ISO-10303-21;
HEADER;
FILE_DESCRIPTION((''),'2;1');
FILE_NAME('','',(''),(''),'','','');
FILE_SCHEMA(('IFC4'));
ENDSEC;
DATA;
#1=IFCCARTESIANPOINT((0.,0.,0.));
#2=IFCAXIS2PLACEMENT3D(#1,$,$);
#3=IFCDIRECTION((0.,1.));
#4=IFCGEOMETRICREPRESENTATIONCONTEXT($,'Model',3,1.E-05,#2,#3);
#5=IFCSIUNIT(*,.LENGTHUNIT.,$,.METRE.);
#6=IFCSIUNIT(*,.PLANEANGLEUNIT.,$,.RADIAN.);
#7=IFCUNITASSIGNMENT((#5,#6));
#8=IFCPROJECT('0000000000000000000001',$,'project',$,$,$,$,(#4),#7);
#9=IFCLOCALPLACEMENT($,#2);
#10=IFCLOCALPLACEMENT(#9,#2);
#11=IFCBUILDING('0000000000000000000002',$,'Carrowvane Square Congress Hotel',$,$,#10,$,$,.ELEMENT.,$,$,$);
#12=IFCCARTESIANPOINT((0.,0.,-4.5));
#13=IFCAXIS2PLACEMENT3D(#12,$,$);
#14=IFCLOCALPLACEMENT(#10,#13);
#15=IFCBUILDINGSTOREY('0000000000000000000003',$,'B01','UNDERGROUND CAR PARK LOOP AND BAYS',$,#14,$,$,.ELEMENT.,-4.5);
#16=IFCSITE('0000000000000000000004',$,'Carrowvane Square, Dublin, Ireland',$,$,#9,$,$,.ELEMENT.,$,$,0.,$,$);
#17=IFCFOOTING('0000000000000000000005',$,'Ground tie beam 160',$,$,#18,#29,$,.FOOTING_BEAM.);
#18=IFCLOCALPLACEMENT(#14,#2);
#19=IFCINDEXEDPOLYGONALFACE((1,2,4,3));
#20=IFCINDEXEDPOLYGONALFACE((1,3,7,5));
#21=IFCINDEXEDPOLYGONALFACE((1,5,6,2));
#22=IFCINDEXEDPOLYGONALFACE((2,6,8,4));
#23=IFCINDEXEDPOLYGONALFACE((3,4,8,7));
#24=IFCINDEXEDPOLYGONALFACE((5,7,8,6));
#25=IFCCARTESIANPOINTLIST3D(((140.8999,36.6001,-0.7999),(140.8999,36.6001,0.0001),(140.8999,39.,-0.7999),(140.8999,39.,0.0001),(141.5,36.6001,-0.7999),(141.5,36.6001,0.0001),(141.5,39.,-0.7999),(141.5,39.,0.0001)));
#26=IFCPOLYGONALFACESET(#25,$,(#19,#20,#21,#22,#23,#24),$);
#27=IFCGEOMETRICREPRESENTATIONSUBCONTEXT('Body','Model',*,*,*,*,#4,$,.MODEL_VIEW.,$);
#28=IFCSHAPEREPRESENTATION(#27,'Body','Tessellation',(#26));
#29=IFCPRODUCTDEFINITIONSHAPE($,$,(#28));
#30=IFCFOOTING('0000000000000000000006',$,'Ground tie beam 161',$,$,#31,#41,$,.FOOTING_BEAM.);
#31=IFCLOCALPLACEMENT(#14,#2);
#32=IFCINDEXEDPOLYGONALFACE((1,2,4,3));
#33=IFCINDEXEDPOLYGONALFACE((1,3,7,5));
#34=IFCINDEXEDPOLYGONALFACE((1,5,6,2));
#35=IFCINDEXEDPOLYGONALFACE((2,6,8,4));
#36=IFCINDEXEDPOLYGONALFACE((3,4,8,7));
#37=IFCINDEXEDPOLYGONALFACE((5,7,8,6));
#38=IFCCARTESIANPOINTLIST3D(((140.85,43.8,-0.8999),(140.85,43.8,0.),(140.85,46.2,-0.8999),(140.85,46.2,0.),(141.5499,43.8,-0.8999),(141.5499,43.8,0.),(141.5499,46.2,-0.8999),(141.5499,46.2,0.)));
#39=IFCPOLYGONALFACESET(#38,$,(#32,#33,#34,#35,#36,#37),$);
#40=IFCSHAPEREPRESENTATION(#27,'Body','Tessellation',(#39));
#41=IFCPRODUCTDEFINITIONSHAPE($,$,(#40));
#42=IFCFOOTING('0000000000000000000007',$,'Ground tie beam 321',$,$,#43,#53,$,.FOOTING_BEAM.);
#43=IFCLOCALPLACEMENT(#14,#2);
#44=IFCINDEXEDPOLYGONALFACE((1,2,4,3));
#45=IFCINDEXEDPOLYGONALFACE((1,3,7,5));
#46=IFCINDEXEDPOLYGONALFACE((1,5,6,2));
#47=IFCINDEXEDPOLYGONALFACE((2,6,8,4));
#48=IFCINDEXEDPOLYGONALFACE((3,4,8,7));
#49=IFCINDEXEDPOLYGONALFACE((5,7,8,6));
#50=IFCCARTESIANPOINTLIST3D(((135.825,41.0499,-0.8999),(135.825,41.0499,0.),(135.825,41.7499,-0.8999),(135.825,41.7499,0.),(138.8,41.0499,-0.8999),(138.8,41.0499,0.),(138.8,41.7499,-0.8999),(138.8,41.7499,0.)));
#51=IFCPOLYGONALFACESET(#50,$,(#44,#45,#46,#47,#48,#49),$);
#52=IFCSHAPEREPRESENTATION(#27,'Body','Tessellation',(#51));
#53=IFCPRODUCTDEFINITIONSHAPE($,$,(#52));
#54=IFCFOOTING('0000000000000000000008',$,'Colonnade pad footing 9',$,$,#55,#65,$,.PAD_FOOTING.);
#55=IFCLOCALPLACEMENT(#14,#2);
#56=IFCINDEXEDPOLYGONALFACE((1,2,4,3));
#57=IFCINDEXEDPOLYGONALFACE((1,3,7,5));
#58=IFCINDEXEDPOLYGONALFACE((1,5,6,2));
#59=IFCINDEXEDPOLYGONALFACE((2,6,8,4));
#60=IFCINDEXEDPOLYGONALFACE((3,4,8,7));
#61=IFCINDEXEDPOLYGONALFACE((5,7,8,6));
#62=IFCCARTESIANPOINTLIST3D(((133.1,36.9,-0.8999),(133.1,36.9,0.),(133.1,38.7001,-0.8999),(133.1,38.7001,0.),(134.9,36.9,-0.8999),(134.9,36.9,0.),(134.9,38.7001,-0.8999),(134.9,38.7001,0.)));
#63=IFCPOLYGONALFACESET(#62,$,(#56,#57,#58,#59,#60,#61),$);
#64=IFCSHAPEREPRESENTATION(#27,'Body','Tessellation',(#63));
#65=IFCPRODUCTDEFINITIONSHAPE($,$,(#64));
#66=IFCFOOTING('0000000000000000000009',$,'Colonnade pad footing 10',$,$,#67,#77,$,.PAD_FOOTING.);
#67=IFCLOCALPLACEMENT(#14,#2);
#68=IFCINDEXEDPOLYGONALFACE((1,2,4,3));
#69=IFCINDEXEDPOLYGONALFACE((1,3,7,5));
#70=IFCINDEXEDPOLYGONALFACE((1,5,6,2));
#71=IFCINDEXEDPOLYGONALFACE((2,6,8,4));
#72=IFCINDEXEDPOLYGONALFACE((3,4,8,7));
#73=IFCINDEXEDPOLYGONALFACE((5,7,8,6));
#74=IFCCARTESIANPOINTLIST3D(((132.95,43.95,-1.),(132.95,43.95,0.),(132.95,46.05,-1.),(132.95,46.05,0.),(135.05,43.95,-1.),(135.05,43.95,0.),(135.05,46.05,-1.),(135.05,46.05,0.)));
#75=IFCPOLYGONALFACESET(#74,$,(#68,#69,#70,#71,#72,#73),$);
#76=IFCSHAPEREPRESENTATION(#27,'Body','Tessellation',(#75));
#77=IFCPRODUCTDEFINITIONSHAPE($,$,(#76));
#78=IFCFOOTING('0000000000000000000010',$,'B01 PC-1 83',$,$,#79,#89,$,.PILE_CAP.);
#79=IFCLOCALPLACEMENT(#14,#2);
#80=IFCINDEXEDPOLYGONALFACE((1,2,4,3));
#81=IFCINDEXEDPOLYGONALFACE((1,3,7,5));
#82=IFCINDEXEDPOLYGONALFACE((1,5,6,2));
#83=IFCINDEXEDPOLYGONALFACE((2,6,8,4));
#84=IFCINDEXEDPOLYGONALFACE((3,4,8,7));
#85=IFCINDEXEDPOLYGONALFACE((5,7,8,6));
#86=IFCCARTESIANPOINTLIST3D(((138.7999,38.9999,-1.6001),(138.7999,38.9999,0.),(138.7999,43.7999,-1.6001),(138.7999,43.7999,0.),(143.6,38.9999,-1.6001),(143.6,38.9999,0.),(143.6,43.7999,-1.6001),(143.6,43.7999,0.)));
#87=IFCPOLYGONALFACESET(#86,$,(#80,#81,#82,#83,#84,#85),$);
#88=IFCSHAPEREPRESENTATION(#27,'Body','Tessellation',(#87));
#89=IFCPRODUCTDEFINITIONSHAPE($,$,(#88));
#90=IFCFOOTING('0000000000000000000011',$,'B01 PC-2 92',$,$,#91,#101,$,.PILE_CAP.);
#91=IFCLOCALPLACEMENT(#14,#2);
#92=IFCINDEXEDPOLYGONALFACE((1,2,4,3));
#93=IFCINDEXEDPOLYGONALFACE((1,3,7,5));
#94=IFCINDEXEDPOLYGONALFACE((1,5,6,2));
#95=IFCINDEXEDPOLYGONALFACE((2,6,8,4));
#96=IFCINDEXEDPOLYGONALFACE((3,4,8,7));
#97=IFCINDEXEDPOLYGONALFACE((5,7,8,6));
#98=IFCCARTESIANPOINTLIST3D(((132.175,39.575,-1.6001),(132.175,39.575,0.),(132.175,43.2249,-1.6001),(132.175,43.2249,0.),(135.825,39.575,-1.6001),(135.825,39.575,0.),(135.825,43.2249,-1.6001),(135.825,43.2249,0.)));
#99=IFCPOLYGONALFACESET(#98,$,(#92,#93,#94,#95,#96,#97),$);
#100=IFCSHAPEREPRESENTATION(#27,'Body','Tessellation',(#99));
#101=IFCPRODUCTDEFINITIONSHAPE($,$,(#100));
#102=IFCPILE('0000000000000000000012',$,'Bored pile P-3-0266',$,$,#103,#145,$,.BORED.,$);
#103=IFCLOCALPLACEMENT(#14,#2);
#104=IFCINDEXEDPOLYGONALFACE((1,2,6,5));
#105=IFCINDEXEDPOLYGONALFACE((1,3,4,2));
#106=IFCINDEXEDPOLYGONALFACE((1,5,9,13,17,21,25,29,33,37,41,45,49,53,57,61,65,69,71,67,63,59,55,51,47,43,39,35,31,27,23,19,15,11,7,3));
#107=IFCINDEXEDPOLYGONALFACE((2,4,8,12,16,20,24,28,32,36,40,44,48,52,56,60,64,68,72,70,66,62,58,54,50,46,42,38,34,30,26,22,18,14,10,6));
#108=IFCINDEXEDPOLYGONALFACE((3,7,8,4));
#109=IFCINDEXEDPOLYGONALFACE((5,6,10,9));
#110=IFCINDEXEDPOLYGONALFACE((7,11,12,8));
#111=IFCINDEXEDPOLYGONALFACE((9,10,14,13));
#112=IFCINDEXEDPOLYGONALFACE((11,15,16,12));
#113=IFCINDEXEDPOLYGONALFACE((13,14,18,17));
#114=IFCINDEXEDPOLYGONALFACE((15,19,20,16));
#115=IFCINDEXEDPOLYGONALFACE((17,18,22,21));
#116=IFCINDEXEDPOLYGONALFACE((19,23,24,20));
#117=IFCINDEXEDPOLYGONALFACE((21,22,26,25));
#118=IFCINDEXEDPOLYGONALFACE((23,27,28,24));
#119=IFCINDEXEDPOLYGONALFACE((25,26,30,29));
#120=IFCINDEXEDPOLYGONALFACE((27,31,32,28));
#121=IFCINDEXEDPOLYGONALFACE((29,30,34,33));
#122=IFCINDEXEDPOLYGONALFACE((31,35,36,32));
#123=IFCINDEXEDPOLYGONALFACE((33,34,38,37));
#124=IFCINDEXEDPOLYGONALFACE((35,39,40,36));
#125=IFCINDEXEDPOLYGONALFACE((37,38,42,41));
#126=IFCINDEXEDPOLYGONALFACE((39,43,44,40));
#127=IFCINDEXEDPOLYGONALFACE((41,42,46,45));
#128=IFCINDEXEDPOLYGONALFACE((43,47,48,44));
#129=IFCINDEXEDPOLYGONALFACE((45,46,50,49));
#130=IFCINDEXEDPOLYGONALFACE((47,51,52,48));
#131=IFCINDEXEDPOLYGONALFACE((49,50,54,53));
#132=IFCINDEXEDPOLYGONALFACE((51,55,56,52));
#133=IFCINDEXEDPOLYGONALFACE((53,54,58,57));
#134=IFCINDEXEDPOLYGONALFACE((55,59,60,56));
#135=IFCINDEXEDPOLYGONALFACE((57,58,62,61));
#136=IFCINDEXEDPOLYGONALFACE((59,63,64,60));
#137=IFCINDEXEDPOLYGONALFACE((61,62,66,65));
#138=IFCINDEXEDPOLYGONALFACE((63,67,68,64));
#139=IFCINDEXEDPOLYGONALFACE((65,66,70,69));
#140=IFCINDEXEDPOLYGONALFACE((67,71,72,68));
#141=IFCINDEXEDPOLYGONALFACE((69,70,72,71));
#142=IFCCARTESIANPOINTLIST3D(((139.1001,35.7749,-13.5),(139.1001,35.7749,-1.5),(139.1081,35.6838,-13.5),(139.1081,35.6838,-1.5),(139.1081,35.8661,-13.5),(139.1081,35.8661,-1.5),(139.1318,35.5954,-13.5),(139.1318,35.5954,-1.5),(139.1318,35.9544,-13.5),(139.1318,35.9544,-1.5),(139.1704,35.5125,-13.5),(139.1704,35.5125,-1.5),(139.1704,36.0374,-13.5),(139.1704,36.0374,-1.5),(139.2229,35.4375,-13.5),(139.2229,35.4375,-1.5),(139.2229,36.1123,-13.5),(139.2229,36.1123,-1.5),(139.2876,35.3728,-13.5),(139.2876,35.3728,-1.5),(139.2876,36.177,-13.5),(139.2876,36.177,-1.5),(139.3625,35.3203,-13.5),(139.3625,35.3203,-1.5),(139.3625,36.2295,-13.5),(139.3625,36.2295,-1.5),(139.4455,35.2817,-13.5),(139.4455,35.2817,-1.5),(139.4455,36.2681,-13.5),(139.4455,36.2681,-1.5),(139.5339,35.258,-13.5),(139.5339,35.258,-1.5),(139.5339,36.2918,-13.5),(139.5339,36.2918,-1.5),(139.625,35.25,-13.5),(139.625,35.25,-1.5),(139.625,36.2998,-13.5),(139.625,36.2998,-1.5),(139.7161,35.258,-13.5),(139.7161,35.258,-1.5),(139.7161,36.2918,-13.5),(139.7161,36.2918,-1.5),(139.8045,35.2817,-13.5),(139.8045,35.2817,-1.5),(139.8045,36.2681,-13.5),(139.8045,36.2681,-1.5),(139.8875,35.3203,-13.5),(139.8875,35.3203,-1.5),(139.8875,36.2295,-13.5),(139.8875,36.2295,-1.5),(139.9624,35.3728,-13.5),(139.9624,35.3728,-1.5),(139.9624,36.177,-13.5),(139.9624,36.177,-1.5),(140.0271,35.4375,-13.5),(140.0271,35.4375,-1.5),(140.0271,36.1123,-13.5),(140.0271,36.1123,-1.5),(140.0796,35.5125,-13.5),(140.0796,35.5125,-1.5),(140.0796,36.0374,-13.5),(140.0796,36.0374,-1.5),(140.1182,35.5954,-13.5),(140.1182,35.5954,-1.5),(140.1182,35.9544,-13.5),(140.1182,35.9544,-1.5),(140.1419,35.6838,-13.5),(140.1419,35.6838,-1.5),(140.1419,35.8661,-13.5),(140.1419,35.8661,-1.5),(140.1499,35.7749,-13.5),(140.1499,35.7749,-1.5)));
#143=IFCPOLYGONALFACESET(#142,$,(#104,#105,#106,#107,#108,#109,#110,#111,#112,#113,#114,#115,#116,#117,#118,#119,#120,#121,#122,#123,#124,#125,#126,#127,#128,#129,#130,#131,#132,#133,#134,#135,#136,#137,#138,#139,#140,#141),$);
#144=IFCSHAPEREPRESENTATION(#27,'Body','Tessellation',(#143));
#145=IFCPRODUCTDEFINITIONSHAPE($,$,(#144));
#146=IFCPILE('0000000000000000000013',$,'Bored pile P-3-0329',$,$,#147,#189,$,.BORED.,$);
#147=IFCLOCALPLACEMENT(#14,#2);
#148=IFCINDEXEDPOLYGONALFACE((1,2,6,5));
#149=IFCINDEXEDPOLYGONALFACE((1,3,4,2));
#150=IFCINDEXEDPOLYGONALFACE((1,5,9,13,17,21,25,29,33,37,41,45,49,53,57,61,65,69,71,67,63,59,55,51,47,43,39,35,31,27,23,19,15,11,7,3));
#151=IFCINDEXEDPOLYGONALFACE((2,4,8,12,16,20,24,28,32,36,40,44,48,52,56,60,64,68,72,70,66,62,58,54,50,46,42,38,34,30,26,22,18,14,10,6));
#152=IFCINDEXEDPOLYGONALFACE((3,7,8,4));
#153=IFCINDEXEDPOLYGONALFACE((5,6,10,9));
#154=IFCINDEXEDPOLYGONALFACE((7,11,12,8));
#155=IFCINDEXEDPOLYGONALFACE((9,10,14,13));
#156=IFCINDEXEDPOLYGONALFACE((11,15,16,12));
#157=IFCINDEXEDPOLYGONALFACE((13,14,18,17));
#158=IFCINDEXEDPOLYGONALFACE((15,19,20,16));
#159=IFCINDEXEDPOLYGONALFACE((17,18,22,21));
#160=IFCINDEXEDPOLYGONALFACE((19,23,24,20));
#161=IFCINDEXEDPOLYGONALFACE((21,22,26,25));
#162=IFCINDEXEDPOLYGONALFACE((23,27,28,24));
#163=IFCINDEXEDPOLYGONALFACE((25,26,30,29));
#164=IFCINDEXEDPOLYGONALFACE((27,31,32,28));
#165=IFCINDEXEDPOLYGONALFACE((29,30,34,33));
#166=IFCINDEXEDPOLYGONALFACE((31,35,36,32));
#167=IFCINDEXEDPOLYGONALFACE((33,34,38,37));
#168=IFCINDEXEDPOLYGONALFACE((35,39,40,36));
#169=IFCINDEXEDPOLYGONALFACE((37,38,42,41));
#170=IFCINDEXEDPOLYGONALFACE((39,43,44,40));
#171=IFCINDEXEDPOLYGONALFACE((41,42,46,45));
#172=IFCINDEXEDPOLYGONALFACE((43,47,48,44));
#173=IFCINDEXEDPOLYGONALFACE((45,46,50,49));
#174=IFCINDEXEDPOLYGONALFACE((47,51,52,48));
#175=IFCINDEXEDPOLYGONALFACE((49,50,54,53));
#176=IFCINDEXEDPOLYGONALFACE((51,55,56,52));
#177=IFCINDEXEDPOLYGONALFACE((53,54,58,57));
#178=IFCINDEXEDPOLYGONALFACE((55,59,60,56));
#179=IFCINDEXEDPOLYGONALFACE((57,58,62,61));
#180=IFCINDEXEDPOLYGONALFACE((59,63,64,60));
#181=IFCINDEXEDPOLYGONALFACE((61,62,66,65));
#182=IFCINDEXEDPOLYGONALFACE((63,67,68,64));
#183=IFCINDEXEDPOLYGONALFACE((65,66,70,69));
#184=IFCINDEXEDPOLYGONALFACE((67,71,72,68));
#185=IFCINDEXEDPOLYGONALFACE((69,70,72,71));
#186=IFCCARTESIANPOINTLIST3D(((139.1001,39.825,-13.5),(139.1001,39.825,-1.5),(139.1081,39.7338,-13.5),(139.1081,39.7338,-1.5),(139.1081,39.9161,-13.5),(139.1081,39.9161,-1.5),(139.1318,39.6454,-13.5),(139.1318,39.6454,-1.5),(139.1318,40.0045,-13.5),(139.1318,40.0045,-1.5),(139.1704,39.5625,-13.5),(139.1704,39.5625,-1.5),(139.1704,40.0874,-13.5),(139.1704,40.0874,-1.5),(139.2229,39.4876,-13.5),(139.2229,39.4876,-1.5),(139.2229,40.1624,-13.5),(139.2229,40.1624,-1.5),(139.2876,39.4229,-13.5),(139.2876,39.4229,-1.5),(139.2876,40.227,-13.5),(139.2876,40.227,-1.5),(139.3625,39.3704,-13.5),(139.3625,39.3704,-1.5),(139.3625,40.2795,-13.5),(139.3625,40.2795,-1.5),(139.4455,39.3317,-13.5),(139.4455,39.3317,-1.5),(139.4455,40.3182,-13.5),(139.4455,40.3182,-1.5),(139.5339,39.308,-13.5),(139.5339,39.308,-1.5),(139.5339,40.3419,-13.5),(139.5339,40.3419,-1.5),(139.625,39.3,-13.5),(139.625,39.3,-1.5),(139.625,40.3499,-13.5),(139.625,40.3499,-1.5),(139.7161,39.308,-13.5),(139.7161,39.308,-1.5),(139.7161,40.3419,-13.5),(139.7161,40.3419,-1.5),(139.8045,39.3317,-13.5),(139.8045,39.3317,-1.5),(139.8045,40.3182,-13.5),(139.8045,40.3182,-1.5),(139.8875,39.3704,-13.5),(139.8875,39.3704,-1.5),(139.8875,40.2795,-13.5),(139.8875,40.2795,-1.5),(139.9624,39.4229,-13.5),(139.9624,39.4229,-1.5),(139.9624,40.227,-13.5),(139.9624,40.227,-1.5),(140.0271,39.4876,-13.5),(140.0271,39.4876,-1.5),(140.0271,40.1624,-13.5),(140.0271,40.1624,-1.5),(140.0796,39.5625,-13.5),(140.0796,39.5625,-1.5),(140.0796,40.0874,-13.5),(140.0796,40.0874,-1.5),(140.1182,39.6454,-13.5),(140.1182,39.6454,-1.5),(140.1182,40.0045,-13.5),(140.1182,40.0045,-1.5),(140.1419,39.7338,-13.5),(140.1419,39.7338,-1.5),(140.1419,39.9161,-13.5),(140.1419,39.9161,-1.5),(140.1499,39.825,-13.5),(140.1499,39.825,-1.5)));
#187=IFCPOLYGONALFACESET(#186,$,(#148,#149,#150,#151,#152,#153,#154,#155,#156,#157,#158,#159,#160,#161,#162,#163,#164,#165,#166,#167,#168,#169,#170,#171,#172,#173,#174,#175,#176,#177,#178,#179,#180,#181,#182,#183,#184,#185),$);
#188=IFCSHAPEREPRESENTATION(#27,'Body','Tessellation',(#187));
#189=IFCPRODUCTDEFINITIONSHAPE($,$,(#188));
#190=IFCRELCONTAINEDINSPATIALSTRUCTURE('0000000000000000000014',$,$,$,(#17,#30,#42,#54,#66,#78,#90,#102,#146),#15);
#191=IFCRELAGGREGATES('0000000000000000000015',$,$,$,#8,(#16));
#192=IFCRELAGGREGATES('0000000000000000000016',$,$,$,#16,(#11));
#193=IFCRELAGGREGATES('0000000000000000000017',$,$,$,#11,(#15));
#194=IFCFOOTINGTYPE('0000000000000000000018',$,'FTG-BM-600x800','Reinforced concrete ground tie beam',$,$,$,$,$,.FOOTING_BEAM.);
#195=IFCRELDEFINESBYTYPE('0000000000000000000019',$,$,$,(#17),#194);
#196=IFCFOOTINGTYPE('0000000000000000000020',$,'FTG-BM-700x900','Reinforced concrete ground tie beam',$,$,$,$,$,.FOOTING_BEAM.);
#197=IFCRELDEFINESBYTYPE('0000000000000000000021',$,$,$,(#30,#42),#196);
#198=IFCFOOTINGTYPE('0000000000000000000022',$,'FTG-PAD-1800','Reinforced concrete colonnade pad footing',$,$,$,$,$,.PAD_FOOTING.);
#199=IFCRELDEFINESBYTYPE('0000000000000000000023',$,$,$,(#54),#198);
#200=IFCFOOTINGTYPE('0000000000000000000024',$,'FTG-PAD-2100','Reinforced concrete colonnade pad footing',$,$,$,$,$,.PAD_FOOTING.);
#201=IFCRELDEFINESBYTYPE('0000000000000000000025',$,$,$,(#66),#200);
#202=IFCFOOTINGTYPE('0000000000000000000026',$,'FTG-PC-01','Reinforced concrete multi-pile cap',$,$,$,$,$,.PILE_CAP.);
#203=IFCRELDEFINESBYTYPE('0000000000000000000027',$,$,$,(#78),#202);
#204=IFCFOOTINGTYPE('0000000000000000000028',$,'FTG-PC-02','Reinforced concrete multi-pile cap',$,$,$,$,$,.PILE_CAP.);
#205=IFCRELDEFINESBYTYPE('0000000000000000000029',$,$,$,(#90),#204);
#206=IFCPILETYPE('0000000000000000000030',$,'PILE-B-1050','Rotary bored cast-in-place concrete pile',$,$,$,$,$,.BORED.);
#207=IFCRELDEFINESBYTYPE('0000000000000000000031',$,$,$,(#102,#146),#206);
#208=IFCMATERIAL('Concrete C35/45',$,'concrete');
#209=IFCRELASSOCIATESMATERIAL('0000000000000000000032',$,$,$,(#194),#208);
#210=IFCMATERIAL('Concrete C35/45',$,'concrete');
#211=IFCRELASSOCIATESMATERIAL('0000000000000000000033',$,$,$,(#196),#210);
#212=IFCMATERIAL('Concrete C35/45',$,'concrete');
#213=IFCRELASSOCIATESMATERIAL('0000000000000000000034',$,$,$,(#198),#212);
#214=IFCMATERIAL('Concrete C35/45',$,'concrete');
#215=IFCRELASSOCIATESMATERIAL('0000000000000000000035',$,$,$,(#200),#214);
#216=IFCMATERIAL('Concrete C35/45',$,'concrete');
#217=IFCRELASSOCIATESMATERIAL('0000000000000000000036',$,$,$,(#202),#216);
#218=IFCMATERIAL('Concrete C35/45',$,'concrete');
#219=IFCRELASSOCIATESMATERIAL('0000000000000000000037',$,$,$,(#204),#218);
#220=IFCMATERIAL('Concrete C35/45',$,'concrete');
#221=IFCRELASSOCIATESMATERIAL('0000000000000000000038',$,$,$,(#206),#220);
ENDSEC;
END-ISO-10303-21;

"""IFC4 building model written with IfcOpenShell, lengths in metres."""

from ifc_helpers import new_model, si_unit, direction, frame, origin, origin_2d, place, context, subcontext, project, spatial, rectangle, circle, extrude, material, material_profile, profile_set, type_object, element, save


model = new_model("IFC4")

# Units and contexts
model_context = context("Model", 3, precision=1e-05, world=origin(), true_north=direction((0.0, 1.0)))
body_context = subcontext(model_context, "Body", "Model", "MODEL_VIEW")
ifc_project = project(units=[si_unit("LENGTHUNIT", "METRE"), si_unit("PLANEANGLEUNIT", "RADIAN")], contexts=[model_context])

# Site, building, storey
site_placement = place(None, origin())
site = spatial("IfcSite", under=ifc_project, at=site_placement, Name="Carrowvane Square, Dublin, Ireland", CompositionType="ELEMENT", RefElevation=0.0)
building_placement = place(site_placement, origin())
building = spatial("IfcBuilding", under=site, at=building_placement, Name="Carrowvane Square Congress Hotel", CompositionType="ELEMENT")
storey_placement = place(building_placement, frame((0.0, 0.0, -4.5)))
storey = spatial("IfcBuildingStorey", under=building, at=storey_placement, Name="B01", Description="UNDERGROUND CAR PARK LOOP AND BAYS", CompositionType="ELEMENT", Elevation=-4.5)

# Footings
ifc_material_1 = material(Name="Concrete C35/45", Category="concrete")
ifc_material_profile_1 = material_profile(ifc_material_1, rectangle(XDim=0.6001, YDim=0.8, at=origin_2d()), Name="RC 600x800")
ifc_profile_set_1 = profile_set([ifc_material_profile_1], Name="Concrete C35/45")
footing_type_1 = type_object("IfcFootingType", Name="FTG-BM-600x800", Description="Reinforced concrete ground tie beam", PredefinedType="FOOTING_BEAM", material=ifc_profile_set_1)
footing_1_placement = place(storey_placement, frame((141.2, 36.6001, -0.3999), z_axis=(0.0, 1.0, 0.0), x_axis=(-1.0, 0.0, 0.0)))
element("IfcFooting", 1, at=footing_1_placement, inside=storey, type_object=footing_type_1, Name="Ground tie beam 160", PredefinedType="FOOTING_BEAM", context=body_context, shape_type="SweptSolid", body=[
    extrude(rectangle(XDim=0.6001, YDim=0.8, at=origin_2d()), origin(), (0.0, 0.0, 1.0), 2.3999),
])
ifc_material_2 = material(Name="Concrete C35/45", Category="concrete")
ifc_material_profile_2 = material_profile(ifc_material_2, rectangle(XDim=0.7, YDim=0.8999, at=origin_2d()), Name="RC 700x900")
ifc_profile_set_2 = profile_set([ifc_material_profile_2], Name="Concrete C35/45")
footing_type_2 = type_object("IfcFootingType", Name="FTG-BM-700x900", Description="Reinforced concrete ground tie beam", PredefinedType="FOOTING_BEAM", material=ifc_profile_set_2)
footing_2_placement = place(storey_placement, frame((141.2, 43.8, -0.45), z_axis=(0.0, 1.0, 0.0), x_axis=(-1.0, 0.0, 0.0)))
element("IfcFooting", 2, at=footing_2_placement, inside=storey, type_object=footing_type_2, Name="Ground tie beam 161", PredefinedType="FOOTING_BEAM", context=body_context, shape_type="SweptSolid", body=[
    extrude(rectangle(XDim=0.7, YDim=0.8999, at=origin_2d()), origin(), (0.0, 0.0, 1.0), 2.3999),
])
footing_3_placement = place(storey_placement, frame((135.825, 41.3999, -0.45), z_axis=(1.0, 0.0, 0.0), x_axis=(0.0, 1.0, 0.0)))
element("IfcFooting", 3, at=footing_3_placement, inside=storey, type_object=footing_type_2, Name="Ground tie beam 321", PredefinedType="FOOTING_BEAM", context=body_context, shape_type="SweptSolid", body=[
    extrude(rectangle(XDim=0.7, YDim=0.8999, at=origin_2d()), origin(), (0.0, 0.0, 1.0), 2.9751),
])
ifc_material_3 = material(Name="Concrete C35/45", Category="concrete")
footing_type_3 = type_object("IfcFootingType", Name="FTG-PAD-1800", Description="Reinforced concrete colonnade pad footing", PredefinedType="PAD_FOOTING", material=ifc_material_3)
footing_4_placement = place(storey_placement, frame((134.0, 37.8, -0.8999), z_axis=(0.0, 0.0, 1.0), x_axis=(1.0, 0.0, 0.0)))
element("IfcFooting", 4, at=footing_4_placement, inside=storey, type_object=footing_type_3, Name="Colonnade pad footing 9", PredefinedType="PAD_FOOTING", context=body_context, shape_type="SweptSolid", body=[
    extrude(rectangle(XDim=1.8, YDim=1.8, at=origin_2d()), origin(), (0.0, 0.0, 1.0), 0.8999),
])
ifc_material_4 = material(Name="Concrete C35/45", Category="concrete")
footing_type_4 = type_object("IfcFootingType", Name="FTG-PAD-2100", Description="Reinforced concrete colonnade pad footing", PredefinedType="PAD_FOOTING", material=ifc_material_4)
footing_5_placement = place(storey_placement, frame((134.0, 45.0, -1.0), z_axis=(0.0, 0.0, 1.0), x_axis=(1.0, 0.0, 0.0)))
element("IfcFooting", 5, at=footing_5_placement, inside=storey, type_object=footing_type_4, Name="Colonnade pad footing 10", PredefinedType="PAD_FOOTING", context=body_context, shape_type="SweptSolid", body=[
    extrude(rectangle(XDim=2.1001, YDim=2.1001, at=origin_2d()), origin(), (0.0, 0.0, 1.0), 1.0),
])
ifc_material_5 = material(Name="Concrete C35/45", Category="concrete")
footing_type_5 = type_object("IfcFootingType", Name="FTG-PC-01", Description="Reinforced concrete multi-pile cap", PredefinedType="PILE_CAP", material=ifc_material_5)
footing_6_placement = place(storey_placement, frame((141.2, 41.3999, -1.6001), z_axis=(0.0, 0.0, 1.0), x_axis=(1.0, 0.0, 0.0)))
element("IfcFooting", 6, at=footing_6_placement, inside=storey, type_object=footing_type_5, Name="B01 PC-1 83", PredefinedType="PILE_CAP", context=body_context, shape_type="SweptSolid", body=[
    extrude(rectangle(XDim=4.8, YDim=4.8, at=origin_2d()), origin(), (0.0, 0.0, 1.0), 1.6001),
])
ifc_material_6 = material(Name="Concrete C35/45", Category="concrete")
footing_type_6 = type_object("IfcFootingType", Name="FTG-PC-02", Description="Reinforced concrete multi-pile cap", PredefinedType="PILE_CAP", material=ifc_material_6)
footing_7_placement = place(storey_placement, frame((134.0, 41.3999, -1.6001), z_axis=(0.0, 0.0, 1.0), x_axis=(1.0, 0.0, 0.0)))
element("IfcFooting", 7, at=footing_7_placement, inside=storey, type_object=footing_type_6, Name="B01 PC-2 92", PredefinedType="PILE_CAP", context=body_context, shape_type="SweptSolid", body=[
    extrude(rectangle(XDim=3.6499, YDim=3.6499, at=origin_2d()), origin(), (0.0, 0.0, 1.0), 1.6001),
])

# Piles
ifc_material_7 = material(Name="Concrete C35/45", Category="concrete")
ifc_material_profile_3 = material_profile(ifc_material_7, circle(Radius=0.5249, at=origin_2d()), Name="PILE D1050")
ifc_profile_set_3 = profile_set([ifc_material_profile_3], Name="Concrete C35/45")
pile_type_1 = type_object("IfcPileType", Name="PILE-B-1050", Description="Rotary bored cast-in-place concrete pile", PredefinedType="BORED", material=ifc_profile_set_3)
for number, where, z_axis, x_axis, name in (
    (8, (139.625, 35.7749, -1.5), (0.0, 0.0, -1.0), (1.0, 0.0, 0.0), "Bored pile P-3-0266"),
    (9, (139.625, 39.825, -1.5), (0.0, 0.0, -1.0), (1.0, 0.0, 0.0), "Bored pile P-3-0329"),
):
    element("IfcPile", number, at=place(storey_placement, frame(where, z_axis=z_axis, x_axis=x_axis)), inside=storey, type_object=pile_type_1, Name=name, PredefinedType="BORED", context=body_context, shape_type="SweptSolid", body=[
        extrude(circle(Radius=0.5249, at=origin_2d()), origin(), (0.0, 0.0, 1.0), 12.0),
    ])

save(model, "model.ifc")
